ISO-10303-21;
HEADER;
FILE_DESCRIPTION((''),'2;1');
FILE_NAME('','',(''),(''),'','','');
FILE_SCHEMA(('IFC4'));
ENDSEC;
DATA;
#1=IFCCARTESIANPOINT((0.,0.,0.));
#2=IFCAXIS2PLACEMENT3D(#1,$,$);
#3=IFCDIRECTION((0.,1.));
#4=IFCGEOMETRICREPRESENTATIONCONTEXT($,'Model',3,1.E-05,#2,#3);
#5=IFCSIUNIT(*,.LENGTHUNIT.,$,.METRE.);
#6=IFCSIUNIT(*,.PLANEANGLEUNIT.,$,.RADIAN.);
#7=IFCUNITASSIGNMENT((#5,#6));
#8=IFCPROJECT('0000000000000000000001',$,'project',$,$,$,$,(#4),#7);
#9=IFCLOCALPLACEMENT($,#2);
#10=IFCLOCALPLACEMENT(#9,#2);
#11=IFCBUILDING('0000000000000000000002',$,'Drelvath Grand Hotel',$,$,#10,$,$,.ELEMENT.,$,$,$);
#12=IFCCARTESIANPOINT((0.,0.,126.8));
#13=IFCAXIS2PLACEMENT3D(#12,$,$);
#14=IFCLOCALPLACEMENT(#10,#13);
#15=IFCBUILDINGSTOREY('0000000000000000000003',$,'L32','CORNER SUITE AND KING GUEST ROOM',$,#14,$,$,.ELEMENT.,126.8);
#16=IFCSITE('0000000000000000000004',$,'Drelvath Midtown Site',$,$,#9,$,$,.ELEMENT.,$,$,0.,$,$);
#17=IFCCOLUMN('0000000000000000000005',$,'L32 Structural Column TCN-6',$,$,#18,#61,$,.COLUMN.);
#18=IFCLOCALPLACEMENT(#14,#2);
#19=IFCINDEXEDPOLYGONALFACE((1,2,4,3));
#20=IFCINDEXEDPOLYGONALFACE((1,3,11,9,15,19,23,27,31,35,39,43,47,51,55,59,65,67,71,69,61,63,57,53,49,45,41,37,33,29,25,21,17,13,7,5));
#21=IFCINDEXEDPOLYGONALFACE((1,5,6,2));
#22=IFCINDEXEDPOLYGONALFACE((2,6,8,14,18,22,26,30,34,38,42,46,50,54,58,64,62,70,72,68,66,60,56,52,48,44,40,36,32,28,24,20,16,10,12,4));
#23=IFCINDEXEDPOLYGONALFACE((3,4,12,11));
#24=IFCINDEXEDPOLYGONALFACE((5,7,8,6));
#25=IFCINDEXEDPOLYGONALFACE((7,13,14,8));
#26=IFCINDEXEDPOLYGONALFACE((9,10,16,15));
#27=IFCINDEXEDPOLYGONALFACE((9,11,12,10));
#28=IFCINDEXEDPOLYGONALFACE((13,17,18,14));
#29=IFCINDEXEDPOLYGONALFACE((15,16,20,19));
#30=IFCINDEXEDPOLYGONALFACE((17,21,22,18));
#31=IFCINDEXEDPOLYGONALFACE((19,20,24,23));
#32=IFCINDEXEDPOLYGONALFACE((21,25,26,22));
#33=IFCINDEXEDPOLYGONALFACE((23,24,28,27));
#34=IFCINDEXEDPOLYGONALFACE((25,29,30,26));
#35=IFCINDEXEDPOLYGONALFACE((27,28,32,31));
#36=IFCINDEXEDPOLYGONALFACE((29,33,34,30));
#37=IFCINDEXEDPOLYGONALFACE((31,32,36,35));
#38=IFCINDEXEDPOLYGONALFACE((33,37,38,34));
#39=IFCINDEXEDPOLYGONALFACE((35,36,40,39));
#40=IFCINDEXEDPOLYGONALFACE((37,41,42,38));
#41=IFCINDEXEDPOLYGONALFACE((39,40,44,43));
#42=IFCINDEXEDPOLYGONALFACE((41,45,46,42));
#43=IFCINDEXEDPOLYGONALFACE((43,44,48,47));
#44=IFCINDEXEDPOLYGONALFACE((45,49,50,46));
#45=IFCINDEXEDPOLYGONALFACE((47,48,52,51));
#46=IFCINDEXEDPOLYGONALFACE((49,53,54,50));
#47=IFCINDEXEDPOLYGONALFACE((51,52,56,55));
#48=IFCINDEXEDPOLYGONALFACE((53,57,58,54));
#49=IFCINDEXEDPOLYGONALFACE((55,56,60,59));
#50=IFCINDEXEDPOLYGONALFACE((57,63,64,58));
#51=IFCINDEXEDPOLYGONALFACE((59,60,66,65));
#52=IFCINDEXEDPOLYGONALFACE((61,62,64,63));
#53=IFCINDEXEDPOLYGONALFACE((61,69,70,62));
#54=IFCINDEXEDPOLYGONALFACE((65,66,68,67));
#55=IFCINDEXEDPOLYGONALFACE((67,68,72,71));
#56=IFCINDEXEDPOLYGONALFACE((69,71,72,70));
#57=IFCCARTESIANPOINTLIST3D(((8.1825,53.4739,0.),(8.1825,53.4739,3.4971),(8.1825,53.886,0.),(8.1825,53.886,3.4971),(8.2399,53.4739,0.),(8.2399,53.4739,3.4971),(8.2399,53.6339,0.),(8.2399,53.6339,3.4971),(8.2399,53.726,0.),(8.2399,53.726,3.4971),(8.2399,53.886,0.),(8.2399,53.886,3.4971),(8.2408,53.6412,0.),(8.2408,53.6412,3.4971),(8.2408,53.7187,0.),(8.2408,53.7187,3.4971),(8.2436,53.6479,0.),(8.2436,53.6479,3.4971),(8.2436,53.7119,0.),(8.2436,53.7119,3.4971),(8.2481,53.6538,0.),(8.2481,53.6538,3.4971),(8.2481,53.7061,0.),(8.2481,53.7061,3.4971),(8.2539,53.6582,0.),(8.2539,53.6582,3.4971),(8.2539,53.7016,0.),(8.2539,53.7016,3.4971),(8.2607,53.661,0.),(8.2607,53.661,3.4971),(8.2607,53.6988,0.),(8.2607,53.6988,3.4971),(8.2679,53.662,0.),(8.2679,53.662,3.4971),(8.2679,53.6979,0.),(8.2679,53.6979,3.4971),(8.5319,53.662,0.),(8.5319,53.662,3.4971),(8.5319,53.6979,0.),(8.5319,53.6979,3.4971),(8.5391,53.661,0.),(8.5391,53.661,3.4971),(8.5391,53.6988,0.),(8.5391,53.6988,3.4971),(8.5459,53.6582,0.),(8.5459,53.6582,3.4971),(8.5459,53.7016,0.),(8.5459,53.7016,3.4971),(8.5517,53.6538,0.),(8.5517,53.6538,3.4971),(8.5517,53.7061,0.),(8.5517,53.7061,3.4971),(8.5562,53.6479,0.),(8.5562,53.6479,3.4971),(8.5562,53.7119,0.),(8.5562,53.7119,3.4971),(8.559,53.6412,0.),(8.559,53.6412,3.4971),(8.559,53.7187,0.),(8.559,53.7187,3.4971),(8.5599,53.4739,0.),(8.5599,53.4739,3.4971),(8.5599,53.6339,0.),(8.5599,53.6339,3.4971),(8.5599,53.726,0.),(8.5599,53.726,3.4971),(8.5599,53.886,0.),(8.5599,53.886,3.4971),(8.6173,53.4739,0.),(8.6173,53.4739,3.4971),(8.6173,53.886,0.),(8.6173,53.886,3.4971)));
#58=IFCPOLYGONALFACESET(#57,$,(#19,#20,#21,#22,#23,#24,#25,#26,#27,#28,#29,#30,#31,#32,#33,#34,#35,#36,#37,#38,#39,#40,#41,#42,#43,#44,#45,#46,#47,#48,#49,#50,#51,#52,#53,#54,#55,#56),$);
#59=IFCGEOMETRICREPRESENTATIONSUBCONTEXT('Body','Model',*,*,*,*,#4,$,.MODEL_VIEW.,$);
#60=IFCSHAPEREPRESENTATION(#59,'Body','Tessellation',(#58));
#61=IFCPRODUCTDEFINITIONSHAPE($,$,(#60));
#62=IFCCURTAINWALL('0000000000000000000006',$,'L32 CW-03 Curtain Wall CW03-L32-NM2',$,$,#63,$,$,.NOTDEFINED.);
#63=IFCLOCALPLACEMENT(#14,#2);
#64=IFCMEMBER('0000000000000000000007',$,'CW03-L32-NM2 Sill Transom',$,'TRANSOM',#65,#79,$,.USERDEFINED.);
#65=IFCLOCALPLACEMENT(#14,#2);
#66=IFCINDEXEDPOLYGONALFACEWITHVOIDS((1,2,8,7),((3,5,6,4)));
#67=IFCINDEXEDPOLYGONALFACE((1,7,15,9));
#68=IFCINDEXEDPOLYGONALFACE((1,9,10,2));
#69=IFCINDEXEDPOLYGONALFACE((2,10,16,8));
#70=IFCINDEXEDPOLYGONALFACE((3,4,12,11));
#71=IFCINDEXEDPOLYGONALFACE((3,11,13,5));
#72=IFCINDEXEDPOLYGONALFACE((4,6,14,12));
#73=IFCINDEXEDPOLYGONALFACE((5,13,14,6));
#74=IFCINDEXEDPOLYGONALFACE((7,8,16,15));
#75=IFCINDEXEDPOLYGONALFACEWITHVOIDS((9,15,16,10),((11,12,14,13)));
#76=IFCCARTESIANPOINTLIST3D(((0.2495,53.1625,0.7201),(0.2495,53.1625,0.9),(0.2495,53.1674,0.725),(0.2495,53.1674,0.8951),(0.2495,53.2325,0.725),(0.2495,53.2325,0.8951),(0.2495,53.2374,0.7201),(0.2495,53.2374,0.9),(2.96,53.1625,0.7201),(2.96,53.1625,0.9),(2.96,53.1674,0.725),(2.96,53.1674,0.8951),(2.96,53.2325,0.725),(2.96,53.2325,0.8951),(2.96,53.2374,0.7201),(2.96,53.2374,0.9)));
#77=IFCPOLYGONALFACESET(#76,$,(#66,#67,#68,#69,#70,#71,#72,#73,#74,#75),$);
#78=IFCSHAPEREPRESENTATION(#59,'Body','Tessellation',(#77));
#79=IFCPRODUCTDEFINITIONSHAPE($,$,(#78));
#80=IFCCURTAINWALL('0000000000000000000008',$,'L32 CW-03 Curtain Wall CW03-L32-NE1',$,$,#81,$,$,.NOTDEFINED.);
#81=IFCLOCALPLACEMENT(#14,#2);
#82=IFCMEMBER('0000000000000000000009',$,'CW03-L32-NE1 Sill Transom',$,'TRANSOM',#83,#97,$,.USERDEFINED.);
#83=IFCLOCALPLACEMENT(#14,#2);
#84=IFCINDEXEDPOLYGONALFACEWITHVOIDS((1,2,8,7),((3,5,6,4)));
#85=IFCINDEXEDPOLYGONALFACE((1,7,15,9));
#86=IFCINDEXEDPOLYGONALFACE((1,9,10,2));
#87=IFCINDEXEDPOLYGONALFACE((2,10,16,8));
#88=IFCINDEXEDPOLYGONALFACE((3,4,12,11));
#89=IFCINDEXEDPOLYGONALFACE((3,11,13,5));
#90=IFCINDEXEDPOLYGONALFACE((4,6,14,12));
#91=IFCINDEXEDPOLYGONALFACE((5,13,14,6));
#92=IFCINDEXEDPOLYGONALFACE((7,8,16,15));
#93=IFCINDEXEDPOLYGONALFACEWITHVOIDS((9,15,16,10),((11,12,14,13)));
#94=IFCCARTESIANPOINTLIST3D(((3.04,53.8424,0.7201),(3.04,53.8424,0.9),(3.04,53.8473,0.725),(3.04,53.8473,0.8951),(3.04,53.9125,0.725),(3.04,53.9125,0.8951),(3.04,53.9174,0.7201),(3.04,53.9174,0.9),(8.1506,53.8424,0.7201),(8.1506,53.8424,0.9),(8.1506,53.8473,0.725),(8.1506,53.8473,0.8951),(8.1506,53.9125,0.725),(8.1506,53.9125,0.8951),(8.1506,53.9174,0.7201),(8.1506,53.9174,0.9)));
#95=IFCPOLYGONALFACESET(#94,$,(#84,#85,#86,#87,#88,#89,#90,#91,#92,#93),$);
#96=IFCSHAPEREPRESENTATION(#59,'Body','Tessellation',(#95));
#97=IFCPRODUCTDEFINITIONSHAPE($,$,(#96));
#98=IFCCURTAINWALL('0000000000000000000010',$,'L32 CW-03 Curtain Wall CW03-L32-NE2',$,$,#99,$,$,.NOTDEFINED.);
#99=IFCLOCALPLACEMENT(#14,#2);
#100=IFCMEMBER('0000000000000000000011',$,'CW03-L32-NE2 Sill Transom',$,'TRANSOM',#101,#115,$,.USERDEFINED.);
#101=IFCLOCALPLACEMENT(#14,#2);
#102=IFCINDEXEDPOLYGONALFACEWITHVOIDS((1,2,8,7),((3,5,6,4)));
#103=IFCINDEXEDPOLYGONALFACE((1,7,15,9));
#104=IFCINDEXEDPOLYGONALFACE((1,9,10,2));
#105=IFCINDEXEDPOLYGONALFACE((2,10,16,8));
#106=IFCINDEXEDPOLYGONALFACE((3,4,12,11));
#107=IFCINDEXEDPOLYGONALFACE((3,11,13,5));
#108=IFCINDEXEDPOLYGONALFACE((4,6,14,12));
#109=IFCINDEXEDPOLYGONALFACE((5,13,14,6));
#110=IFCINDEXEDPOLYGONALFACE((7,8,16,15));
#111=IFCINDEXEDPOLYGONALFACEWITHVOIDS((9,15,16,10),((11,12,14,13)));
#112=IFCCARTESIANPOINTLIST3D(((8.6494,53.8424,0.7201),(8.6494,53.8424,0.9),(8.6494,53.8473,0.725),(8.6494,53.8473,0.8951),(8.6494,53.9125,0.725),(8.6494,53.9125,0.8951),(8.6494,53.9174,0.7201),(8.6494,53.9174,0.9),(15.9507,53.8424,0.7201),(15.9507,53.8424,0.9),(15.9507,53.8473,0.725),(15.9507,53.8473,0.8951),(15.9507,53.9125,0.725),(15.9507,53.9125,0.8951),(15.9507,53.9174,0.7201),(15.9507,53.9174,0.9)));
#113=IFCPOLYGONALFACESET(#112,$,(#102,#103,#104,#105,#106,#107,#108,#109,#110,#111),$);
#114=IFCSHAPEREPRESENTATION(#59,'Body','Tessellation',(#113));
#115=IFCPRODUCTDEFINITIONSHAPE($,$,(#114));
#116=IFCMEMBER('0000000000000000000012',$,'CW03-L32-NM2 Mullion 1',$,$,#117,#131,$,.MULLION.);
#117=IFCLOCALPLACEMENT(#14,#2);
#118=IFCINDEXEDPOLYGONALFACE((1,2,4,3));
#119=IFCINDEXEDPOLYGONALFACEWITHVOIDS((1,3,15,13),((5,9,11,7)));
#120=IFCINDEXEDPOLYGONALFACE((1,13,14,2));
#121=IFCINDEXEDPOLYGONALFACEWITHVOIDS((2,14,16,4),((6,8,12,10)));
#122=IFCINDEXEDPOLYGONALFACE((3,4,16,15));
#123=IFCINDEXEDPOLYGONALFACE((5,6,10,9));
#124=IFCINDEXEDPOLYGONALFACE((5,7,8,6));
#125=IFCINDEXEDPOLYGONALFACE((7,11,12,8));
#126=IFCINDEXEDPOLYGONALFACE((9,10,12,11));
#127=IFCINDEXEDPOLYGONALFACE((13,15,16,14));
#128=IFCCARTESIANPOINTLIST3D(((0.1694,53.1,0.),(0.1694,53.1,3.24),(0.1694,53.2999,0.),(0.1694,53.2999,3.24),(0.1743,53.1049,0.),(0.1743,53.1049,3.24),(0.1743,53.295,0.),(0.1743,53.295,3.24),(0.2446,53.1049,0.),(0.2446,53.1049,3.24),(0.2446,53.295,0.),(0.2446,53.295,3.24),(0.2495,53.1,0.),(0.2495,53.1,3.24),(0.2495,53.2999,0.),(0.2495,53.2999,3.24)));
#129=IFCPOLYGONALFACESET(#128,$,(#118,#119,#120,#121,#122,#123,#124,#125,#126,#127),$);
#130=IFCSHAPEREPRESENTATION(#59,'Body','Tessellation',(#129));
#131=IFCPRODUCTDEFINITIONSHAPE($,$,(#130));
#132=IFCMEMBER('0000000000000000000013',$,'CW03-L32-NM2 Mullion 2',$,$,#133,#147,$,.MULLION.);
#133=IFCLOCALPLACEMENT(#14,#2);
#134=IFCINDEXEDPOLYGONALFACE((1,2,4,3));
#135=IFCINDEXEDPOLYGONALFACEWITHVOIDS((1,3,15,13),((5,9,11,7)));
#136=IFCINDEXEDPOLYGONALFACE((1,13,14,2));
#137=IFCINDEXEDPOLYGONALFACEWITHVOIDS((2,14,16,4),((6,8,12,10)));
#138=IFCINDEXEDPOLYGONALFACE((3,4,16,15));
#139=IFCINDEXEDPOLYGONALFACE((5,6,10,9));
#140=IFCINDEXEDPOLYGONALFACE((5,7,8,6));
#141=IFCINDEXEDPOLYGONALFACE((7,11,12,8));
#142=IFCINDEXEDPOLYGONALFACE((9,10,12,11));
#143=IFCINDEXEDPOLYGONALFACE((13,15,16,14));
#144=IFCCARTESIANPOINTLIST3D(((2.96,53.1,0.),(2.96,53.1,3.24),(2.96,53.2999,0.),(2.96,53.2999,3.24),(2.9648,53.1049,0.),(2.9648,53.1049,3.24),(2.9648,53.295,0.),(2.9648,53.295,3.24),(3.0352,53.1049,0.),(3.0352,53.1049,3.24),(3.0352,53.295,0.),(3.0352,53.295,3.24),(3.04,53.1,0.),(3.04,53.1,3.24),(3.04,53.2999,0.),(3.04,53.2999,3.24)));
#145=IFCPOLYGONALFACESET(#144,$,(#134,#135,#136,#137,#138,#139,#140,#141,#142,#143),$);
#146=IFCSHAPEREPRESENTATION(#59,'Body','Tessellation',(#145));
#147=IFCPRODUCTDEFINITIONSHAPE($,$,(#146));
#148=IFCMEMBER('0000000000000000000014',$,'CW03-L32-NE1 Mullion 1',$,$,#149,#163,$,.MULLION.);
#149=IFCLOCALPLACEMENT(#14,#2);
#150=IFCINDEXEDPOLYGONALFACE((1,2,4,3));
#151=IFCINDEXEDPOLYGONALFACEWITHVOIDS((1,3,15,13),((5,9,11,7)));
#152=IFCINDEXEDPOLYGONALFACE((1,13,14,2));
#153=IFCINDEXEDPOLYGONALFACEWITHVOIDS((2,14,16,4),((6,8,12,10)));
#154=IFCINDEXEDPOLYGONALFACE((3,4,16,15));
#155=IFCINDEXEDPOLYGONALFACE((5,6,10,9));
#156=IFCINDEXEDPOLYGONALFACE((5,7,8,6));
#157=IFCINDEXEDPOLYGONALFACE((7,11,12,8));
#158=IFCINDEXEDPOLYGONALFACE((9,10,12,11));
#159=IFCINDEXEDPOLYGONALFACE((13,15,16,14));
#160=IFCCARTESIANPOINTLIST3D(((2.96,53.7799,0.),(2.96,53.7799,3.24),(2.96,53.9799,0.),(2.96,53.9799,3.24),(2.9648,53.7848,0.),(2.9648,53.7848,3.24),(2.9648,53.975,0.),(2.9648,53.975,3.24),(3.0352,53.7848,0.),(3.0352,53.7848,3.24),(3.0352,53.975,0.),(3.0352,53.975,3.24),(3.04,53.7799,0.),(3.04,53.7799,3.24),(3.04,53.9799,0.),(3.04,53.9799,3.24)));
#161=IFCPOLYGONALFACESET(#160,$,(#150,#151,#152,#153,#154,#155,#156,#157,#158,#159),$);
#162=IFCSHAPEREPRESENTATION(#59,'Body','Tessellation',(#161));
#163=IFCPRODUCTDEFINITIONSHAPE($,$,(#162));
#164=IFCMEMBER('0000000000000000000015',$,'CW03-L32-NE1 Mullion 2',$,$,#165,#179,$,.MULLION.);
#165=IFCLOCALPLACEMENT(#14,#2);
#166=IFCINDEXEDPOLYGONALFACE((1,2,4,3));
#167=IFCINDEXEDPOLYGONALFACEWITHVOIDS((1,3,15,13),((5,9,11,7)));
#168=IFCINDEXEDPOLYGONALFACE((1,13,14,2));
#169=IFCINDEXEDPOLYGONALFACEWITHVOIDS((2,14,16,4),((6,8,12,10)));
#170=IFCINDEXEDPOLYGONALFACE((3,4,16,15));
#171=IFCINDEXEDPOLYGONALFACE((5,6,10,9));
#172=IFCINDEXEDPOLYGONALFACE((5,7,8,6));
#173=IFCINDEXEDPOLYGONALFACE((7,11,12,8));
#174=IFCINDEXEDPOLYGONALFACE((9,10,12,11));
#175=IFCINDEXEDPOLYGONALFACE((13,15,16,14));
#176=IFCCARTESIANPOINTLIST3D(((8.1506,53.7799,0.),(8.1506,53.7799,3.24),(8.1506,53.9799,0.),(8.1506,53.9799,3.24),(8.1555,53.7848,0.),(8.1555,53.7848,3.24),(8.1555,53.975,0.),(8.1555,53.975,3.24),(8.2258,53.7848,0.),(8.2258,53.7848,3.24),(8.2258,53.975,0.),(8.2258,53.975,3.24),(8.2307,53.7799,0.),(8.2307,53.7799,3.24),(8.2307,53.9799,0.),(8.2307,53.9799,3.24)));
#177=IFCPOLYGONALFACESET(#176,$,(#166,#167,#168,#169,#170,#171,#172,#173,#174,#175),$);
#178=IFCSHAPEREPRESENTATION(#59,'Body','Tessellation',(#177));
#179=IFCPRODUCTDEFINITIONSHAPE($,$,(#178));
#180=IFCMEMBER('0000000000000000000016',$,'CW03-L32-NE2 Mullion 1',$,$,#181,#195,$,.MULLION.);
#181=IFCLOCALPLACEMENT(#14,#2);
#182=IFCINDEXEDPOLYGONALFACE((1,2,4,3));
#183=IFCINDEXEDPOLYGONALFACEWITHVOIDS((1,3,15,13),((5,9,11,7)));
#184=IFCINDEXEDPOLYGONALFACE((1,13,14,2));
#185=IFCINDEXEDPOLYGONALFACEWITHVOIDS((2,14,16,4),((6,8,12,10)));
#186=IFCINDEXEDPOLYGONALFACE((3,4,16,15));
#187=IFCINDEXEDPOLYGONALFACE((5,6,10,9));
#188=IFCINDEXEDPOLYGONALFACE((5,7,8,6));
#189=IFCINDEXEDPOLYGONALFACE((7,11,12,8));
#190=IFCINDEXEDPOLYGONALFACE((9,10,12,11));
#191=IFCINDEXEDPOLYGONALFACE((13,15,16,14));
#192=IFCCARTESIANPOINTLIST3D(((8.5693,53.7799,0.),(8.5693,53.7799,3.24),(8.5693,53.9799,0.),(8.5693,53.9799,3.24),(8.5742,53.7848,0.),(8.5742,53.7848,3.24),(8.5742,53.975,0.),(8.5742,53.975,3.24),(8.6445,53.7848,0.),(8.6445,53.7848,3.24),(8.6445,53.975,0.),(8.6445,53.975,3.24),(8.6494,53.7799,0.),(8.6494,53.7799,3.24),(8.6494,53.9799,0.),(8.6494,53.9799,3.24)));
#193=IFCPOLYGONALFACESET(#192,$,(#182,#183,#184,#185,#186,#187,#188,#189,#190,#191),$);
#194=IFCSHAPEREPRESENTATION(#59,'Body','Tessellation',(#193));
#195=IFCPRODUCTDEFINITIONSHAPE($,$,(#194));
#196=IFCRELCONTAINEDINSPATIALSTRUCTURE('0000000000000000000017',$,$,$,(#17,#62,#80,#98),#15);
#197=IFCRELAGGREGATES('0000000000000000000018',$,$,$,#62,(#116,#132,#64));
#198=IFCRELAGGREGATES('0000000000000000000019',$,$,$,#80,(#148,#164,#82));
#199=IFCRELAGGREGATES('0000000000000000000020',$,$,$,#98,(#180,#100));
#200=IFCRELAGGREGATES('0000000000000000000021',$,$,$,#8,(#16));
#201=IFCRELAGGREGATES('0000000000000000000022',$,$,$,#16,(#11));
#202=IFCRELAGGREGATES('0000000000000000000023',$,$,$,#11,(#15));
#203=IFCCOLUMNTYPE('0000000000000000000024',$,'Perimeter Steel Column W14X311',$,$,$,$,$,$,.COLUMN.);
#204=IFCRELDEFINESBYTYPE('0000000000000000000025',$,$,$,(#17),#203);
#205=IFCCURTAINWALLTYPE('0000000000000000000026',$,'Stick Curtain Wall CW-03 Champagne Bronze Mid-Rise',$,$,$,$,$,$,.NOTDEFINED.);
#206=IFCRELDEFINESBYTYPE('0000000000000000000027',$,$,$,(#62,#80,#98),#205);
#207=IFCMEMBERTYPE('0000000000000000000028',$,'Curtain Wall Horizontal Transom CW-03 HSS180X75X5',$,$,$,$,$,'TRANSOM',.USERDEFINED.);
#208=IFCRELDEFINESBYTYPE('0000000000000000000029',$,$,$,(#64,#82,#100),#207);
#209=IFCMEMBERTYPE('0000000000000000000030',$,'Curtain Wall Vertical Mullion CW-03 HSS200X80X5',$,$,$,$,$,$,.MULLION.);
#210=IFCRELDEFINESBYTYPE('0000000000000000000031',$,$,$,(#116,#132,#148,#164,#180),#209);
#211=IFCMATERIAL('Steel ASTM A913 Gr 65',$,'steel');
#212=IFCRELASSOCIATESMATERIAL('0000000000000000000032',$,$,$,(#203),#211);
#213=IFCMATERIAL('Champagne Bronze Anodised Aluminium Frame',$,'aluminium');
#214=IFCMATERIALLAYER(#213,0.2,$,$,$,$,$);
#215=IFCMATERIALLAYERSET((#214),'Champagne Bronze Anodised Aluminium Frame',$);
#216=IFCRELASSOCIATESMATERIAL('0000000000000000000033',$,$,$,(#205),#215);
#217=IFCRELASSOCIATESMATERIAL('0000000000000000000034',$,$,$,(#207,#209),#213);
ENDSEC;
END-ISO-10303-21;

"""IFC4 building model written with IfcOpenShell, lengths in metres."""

from ifc_helpers import new_model, si_unit, direction, frame, origin, origin_2d, place, context, subcontext, project, spatial, hollow_rectangle, i_section, extrude, material, layer, layer_set, material_profile, profile_set, type_object, element, aggregate, save


model = new_model("IFC4")

# Units and contexts
model_context = context("Model", 3, precision=1e-05, world=origin(), true_north=direction((0.0, 1.0)))
body_context = subcontext(model_context, "Body", "Model", "MODEL_VIEW")
ifc_project = project(units=[si_unit("LENGTHUNIT", "METRE"), si_unit("PLANEANGLEUNIT", "RADIAN")], contexts=[model_context])

# Site, building, storey
site_placement = place(None, origin())
site = spatial("IfcSite", under=ifc_project, at=site_placement, Name="Drelvath Midtown Site", CompositionType="ELEMENT", RefElevation=0.0)
building_placement = place(site_placement, origin())
building = spatial("IfcBuilding", under=site, at=building_placement, Name="Drelvath Grand Hotel", CompositionType="ELEMENT")
storey_placement = place(building_placement, frame((0.0, 0.0, 126.8)))
storey = spatial("IfcBuildingStorey", under=building, at=storey_placement, Name="L32", Description="CORNER SUITE AND KING GUEST ROOM", CompositionType="ELEMENT", Elevation=126.8)

# Column
ifc_material_1 = material(Name="Steel ASTM A913 Gr 65", Category="steel")
ifc_material_profile_1 = material_profile(ifc_material_1, i_section(OverallWidth=0.4121, OverallDepth=0.4348, WebThickness=0.0359, FlangeThickness=0.0574, FilletRadius=0.0281, at=origin_2d()), Name="W14X311")
ifc_profile_set_1 = profile_set([ifc_material_profile_1], Name="Steel ASTM A913 Gr 65")
column_type = type_object("IfcColumnType", Name="Perimeter Steel Column W14X311", PredefinedType="COLUMN", material=ifc_profile_set_1)
column_placement = place(storey_placement, frame((8.3999, 53.6799, 0.0), z_axis=(0.0, 0.0, 1.0), x_axis=(0.0, 1.0, 0.0)))
element("IfcColumn", 1, at=column_placement, inside=storey, type_object=column_type, Name="L32 Structural Column TCN-6", PredefinedType="COLUMN", context=body_context, shape_type="SweptSolid", body=[
    extrude(i_section(OverallWidth=0.4121, OverallDepth=0.4348, WebThickness=0.0359, FlangeThickness=0.0574, FilletRadius=0.0281, at=origin_2d()), origin(), (0.0, 0.0, 1.0), 3.4971),
])

# Curtain walls, members
ifc_material_2 = material(Name="Champagne Bronze Anodised Aluminium Frame", Category="aluminium")
ifc_layer_1 = layer(ifc_material_2, 0.2)
ifc_layer_set_1 = layer_set([ifc_layer_1], Name="Champagne Bronze Anodised Aluminium Frame")
curtain_wall_type = type_object("IfcCurtainWallType", Name="Stick Curtain Wall CW-03 Champagne Bronze Mid-Rise", PredefinedType="NOTDEFINED", material=ifc_layer_set_1)
curtain_wall_1_placement = place(storey_placement, origin())
curtain_wall_1 = element("IfcCurtainWall", 2, at=curtain_wall_1_placement, inside=storey, type_object=curtain_wall_type, Name="L32 CW-03 Curtain Wall CW03-L32-NM2", PredefinedType="NOTDEFINED")
ifc_material_profile_2 = material_profile(ifc_material_2, hollow_rectangle(XDim=0.075, YDim=0.1799, WallThickness=0.0049, at=origin_2d()), Name="HSS180X75X5")
ifc_profile_set_2 = profile_set([ifc_material_profile_2], Name="Champagne Bronze Anodised Aluminium Frame")
member_type_1 = type_object("IfcMemberType", Name="Curtain Wall Horizontal Transom CW-03 HSS180X75X5", ElementType="TRANSOM", PredefinedType="USERDEFINED", material=ifc_profile_set_2)
member_1_placement = place(storey_placement, frame((0.2495, 53.2, 0.8101), z_axis=(1.0, 0.0, 0.0), x_axis=(0.0, 1.0, 0.0)))
member_1 = element("IfcMember", 3, at=member_1_placement, type_object=member_type_1, Name="CW03-L32-NM2 Sill Transom", ObjectType="TRANSOM", PredefinedType="USERDEFINED", context=body_context, shape_type="SweptSolid", body=[
    extrude(hollow_rectangle(XDim=0.075, YDim=0.1799, WallThickness=0.0049, at=origin_2d()), origin(), (0.0, 0.0, 1.0), 2.7104),
])
curtain_wall_2_placement = place(storey_placement, origin())
curtain_wall_2 = element("IfcCurtainWall", 4, at=curtain_wall_2_placement, inside=storey, type_object=curtain_wall_type, Name="L32 CW-03 Curtain Wall CW03-L32-NE1", PredefinedType="NOTDEFINED")
member_2_placement = place(storey_placement, frame((3.04, 53.8799, 0.8101), z_axis=(1.0, 0.0, 0.0), x_axis=(0.0, 1.0, 0.0)))
member_2 = element("IfcMember", 5, at=member_2_placement, type_object=member_type_1, Name="CW03-L32-NE1 Sill Transom", ObjectType="TRANSOM", PredefinedType="USERDEFINED", context=body_context, shape_type="SweptSolid", body=[
    extrude(hollow_rectangle(XDim=0.075, YDim=0.1799, WallThickness=0.0049, at=origin_2d()), origin(), (0.0, 0.0, 1.0), 5.1106),
])
curtain_wall_3_placement = place(storey_placement, origin())
curtain_wall_3 = element("IfcCurtainWall", 6, at=curtain_wall_3_placement, inside=storey, type_object=curtain_wall_type, Name="L32 CW-03 Curtain Wall CW03-L32-NE2", PredefinedType="NOTDEFINED")
member_3_placement = place(storey_placement, frame((8.6494, 53.8799, 0.8101), z_axis=(1.0, 0.0, 0.0), x_axis=(0.0, 1.0, 0.0)))
member_3 = element("IfcMember", 7, at=member_3_placement, type_object=member_type_1, Name="CW03-L32-NE2 Sill Transom", ObjectType="TRANSOM", PredefinedType="USERDEFINED", context=body_context, shape_type="SweptSolid", body=[
    extrude(hollow_rectangle(XDim=0.075, YDim=0.1799, WallThickness=0.0049, at=origin_2d()), origin(), (0.0, 0.0, 1.0), 7.3013),
])

# Members
ifc_material_profile_3 = material_profile(ifc_material_2, hollow_rectangle(XDim=0.0801, YDim=0.2, WallThickness=0.0049, at=origin_2d()), Name="HSS200X80X5")
ifc_profile_set_3 = profile_set([ifc_material_profile_3], Name="Champagne Bronze Anodised Aluminium Frame")
member_type_2 = type_object("IfcMemberType", Name="Curtain Wall Vertical Mullion CW-03 HSS200X80X5", PredefinedType="MULLION", material=ifc_profile_set_3)
member_4_placement = place(storey_placement, frame((0.2095, 53.2, 0.0), z_axis=(0.0, 0.0, 1.0), x_axis=(1.0, 0.0, 0.0)))
member_4 = element("IfcMember", 8, at=member_4_placement, type_object=member_type_2, Name="CW03-L32-NM2 Mullion 1", PredefinedType="MULLION", context=body_context, shape_type="SweptSolid", body=[
    extrude(hollow_rectangle(XDim=0.0801, YDim=0.2, WallThickness=0.0049, at=origin_2d()), origin(), (0.0, 0.0, 1.0), 3.24),
])
member_5_placement = place(storey_placement, frame((3.0, 53.2, 0.0), z_axis=(0.0, 0.0, 1.0), x_axis=(1.0, 0.0, 0.0)))
member_5 = element("IfcMember", 9, at=member_5_placement, type_object=member_type_2, Name="CW03-L32-NM2 Mullion 2", PredefinedType="MULLION", context=body_context, shape_type="SweptSolid", body=[
    extrude(hollow_rectangle(XDim=0.0801, YDim=0.2, WallThickness=0.0049, at=origin_2d()), origin(), (0.0, 0.0, 1.0), 3.24),
])
member_6_placement = place(storey_placement, frame((3.0, 53.8799, 0.0), z_axis=(0.0, 0.0, 1.0), x_axis=(1.0, 0.0, 0.0)))
member_6 = element("IfcMember", 10, at=member_6_placement, type_object=member_type_2, Name="CW03-L32-NE1 Mullion 1", PredefinedType="MULLION", context=body_context, shape_type="SweptSolid", body=[
    extrude(hollow_rectangle(XDim=0.0801, YDim=0.2, WallThickness=0.0049, at=origin_2d()), origin(), (0.0, 0.0, 1.0), 3.24),
])
member_7_placement = place(storey_placement, frame((8.1907, 53.8799, 0.0), z_axis=(0.0, 0.0, 1.0), x_axis=(1.0, 0.0, 0.0)))
member_7 = element("IfcMember", 11, at=member_7_placement, type_object=member_type_2, Name="CW03-L32-NE1 Mullion 2", PredefinedType="MULLION", context=body_context, shape_type="SweptSolid", body=[
    extrude(hollow_rectangle(XDim=0.0801, YDim=0.2, WallThickness=0.0049, at=origin_2d()), origin(), (0.0, 0.0, 1.0), 3.24),
])
member_8_placement = place(storey_placement, frame((8.6094, 53.8799, 0.0), z_axis=(0.0, 0.0, 1.0), x_axis=(1.0, 0.0, 0.0)))
member_8 = element("IfcMember", 12, at=member_8_placement, type_object=member_type_2, Name="CW03-L32-NE2 Mullion 1", PredefinedType="MULLION", context=body_context, shape_type="SweptSolid", body=[
    extrude(hollow_rectangle(XDim=0.0801, YDim=0.2, WallThickness=0.0049, at=origin_2d()), origin(), (0.0, 0.0, 1.0), 3.24),
])

aggregate(curtain_wall_1, [member_4, member_5, member_1])
aggregate(curtain_wall_2, [member_6, member_7, member_2])
aggregate(curtain_wall_3, [member_8, member_3])

save(model, "model.ifc")
